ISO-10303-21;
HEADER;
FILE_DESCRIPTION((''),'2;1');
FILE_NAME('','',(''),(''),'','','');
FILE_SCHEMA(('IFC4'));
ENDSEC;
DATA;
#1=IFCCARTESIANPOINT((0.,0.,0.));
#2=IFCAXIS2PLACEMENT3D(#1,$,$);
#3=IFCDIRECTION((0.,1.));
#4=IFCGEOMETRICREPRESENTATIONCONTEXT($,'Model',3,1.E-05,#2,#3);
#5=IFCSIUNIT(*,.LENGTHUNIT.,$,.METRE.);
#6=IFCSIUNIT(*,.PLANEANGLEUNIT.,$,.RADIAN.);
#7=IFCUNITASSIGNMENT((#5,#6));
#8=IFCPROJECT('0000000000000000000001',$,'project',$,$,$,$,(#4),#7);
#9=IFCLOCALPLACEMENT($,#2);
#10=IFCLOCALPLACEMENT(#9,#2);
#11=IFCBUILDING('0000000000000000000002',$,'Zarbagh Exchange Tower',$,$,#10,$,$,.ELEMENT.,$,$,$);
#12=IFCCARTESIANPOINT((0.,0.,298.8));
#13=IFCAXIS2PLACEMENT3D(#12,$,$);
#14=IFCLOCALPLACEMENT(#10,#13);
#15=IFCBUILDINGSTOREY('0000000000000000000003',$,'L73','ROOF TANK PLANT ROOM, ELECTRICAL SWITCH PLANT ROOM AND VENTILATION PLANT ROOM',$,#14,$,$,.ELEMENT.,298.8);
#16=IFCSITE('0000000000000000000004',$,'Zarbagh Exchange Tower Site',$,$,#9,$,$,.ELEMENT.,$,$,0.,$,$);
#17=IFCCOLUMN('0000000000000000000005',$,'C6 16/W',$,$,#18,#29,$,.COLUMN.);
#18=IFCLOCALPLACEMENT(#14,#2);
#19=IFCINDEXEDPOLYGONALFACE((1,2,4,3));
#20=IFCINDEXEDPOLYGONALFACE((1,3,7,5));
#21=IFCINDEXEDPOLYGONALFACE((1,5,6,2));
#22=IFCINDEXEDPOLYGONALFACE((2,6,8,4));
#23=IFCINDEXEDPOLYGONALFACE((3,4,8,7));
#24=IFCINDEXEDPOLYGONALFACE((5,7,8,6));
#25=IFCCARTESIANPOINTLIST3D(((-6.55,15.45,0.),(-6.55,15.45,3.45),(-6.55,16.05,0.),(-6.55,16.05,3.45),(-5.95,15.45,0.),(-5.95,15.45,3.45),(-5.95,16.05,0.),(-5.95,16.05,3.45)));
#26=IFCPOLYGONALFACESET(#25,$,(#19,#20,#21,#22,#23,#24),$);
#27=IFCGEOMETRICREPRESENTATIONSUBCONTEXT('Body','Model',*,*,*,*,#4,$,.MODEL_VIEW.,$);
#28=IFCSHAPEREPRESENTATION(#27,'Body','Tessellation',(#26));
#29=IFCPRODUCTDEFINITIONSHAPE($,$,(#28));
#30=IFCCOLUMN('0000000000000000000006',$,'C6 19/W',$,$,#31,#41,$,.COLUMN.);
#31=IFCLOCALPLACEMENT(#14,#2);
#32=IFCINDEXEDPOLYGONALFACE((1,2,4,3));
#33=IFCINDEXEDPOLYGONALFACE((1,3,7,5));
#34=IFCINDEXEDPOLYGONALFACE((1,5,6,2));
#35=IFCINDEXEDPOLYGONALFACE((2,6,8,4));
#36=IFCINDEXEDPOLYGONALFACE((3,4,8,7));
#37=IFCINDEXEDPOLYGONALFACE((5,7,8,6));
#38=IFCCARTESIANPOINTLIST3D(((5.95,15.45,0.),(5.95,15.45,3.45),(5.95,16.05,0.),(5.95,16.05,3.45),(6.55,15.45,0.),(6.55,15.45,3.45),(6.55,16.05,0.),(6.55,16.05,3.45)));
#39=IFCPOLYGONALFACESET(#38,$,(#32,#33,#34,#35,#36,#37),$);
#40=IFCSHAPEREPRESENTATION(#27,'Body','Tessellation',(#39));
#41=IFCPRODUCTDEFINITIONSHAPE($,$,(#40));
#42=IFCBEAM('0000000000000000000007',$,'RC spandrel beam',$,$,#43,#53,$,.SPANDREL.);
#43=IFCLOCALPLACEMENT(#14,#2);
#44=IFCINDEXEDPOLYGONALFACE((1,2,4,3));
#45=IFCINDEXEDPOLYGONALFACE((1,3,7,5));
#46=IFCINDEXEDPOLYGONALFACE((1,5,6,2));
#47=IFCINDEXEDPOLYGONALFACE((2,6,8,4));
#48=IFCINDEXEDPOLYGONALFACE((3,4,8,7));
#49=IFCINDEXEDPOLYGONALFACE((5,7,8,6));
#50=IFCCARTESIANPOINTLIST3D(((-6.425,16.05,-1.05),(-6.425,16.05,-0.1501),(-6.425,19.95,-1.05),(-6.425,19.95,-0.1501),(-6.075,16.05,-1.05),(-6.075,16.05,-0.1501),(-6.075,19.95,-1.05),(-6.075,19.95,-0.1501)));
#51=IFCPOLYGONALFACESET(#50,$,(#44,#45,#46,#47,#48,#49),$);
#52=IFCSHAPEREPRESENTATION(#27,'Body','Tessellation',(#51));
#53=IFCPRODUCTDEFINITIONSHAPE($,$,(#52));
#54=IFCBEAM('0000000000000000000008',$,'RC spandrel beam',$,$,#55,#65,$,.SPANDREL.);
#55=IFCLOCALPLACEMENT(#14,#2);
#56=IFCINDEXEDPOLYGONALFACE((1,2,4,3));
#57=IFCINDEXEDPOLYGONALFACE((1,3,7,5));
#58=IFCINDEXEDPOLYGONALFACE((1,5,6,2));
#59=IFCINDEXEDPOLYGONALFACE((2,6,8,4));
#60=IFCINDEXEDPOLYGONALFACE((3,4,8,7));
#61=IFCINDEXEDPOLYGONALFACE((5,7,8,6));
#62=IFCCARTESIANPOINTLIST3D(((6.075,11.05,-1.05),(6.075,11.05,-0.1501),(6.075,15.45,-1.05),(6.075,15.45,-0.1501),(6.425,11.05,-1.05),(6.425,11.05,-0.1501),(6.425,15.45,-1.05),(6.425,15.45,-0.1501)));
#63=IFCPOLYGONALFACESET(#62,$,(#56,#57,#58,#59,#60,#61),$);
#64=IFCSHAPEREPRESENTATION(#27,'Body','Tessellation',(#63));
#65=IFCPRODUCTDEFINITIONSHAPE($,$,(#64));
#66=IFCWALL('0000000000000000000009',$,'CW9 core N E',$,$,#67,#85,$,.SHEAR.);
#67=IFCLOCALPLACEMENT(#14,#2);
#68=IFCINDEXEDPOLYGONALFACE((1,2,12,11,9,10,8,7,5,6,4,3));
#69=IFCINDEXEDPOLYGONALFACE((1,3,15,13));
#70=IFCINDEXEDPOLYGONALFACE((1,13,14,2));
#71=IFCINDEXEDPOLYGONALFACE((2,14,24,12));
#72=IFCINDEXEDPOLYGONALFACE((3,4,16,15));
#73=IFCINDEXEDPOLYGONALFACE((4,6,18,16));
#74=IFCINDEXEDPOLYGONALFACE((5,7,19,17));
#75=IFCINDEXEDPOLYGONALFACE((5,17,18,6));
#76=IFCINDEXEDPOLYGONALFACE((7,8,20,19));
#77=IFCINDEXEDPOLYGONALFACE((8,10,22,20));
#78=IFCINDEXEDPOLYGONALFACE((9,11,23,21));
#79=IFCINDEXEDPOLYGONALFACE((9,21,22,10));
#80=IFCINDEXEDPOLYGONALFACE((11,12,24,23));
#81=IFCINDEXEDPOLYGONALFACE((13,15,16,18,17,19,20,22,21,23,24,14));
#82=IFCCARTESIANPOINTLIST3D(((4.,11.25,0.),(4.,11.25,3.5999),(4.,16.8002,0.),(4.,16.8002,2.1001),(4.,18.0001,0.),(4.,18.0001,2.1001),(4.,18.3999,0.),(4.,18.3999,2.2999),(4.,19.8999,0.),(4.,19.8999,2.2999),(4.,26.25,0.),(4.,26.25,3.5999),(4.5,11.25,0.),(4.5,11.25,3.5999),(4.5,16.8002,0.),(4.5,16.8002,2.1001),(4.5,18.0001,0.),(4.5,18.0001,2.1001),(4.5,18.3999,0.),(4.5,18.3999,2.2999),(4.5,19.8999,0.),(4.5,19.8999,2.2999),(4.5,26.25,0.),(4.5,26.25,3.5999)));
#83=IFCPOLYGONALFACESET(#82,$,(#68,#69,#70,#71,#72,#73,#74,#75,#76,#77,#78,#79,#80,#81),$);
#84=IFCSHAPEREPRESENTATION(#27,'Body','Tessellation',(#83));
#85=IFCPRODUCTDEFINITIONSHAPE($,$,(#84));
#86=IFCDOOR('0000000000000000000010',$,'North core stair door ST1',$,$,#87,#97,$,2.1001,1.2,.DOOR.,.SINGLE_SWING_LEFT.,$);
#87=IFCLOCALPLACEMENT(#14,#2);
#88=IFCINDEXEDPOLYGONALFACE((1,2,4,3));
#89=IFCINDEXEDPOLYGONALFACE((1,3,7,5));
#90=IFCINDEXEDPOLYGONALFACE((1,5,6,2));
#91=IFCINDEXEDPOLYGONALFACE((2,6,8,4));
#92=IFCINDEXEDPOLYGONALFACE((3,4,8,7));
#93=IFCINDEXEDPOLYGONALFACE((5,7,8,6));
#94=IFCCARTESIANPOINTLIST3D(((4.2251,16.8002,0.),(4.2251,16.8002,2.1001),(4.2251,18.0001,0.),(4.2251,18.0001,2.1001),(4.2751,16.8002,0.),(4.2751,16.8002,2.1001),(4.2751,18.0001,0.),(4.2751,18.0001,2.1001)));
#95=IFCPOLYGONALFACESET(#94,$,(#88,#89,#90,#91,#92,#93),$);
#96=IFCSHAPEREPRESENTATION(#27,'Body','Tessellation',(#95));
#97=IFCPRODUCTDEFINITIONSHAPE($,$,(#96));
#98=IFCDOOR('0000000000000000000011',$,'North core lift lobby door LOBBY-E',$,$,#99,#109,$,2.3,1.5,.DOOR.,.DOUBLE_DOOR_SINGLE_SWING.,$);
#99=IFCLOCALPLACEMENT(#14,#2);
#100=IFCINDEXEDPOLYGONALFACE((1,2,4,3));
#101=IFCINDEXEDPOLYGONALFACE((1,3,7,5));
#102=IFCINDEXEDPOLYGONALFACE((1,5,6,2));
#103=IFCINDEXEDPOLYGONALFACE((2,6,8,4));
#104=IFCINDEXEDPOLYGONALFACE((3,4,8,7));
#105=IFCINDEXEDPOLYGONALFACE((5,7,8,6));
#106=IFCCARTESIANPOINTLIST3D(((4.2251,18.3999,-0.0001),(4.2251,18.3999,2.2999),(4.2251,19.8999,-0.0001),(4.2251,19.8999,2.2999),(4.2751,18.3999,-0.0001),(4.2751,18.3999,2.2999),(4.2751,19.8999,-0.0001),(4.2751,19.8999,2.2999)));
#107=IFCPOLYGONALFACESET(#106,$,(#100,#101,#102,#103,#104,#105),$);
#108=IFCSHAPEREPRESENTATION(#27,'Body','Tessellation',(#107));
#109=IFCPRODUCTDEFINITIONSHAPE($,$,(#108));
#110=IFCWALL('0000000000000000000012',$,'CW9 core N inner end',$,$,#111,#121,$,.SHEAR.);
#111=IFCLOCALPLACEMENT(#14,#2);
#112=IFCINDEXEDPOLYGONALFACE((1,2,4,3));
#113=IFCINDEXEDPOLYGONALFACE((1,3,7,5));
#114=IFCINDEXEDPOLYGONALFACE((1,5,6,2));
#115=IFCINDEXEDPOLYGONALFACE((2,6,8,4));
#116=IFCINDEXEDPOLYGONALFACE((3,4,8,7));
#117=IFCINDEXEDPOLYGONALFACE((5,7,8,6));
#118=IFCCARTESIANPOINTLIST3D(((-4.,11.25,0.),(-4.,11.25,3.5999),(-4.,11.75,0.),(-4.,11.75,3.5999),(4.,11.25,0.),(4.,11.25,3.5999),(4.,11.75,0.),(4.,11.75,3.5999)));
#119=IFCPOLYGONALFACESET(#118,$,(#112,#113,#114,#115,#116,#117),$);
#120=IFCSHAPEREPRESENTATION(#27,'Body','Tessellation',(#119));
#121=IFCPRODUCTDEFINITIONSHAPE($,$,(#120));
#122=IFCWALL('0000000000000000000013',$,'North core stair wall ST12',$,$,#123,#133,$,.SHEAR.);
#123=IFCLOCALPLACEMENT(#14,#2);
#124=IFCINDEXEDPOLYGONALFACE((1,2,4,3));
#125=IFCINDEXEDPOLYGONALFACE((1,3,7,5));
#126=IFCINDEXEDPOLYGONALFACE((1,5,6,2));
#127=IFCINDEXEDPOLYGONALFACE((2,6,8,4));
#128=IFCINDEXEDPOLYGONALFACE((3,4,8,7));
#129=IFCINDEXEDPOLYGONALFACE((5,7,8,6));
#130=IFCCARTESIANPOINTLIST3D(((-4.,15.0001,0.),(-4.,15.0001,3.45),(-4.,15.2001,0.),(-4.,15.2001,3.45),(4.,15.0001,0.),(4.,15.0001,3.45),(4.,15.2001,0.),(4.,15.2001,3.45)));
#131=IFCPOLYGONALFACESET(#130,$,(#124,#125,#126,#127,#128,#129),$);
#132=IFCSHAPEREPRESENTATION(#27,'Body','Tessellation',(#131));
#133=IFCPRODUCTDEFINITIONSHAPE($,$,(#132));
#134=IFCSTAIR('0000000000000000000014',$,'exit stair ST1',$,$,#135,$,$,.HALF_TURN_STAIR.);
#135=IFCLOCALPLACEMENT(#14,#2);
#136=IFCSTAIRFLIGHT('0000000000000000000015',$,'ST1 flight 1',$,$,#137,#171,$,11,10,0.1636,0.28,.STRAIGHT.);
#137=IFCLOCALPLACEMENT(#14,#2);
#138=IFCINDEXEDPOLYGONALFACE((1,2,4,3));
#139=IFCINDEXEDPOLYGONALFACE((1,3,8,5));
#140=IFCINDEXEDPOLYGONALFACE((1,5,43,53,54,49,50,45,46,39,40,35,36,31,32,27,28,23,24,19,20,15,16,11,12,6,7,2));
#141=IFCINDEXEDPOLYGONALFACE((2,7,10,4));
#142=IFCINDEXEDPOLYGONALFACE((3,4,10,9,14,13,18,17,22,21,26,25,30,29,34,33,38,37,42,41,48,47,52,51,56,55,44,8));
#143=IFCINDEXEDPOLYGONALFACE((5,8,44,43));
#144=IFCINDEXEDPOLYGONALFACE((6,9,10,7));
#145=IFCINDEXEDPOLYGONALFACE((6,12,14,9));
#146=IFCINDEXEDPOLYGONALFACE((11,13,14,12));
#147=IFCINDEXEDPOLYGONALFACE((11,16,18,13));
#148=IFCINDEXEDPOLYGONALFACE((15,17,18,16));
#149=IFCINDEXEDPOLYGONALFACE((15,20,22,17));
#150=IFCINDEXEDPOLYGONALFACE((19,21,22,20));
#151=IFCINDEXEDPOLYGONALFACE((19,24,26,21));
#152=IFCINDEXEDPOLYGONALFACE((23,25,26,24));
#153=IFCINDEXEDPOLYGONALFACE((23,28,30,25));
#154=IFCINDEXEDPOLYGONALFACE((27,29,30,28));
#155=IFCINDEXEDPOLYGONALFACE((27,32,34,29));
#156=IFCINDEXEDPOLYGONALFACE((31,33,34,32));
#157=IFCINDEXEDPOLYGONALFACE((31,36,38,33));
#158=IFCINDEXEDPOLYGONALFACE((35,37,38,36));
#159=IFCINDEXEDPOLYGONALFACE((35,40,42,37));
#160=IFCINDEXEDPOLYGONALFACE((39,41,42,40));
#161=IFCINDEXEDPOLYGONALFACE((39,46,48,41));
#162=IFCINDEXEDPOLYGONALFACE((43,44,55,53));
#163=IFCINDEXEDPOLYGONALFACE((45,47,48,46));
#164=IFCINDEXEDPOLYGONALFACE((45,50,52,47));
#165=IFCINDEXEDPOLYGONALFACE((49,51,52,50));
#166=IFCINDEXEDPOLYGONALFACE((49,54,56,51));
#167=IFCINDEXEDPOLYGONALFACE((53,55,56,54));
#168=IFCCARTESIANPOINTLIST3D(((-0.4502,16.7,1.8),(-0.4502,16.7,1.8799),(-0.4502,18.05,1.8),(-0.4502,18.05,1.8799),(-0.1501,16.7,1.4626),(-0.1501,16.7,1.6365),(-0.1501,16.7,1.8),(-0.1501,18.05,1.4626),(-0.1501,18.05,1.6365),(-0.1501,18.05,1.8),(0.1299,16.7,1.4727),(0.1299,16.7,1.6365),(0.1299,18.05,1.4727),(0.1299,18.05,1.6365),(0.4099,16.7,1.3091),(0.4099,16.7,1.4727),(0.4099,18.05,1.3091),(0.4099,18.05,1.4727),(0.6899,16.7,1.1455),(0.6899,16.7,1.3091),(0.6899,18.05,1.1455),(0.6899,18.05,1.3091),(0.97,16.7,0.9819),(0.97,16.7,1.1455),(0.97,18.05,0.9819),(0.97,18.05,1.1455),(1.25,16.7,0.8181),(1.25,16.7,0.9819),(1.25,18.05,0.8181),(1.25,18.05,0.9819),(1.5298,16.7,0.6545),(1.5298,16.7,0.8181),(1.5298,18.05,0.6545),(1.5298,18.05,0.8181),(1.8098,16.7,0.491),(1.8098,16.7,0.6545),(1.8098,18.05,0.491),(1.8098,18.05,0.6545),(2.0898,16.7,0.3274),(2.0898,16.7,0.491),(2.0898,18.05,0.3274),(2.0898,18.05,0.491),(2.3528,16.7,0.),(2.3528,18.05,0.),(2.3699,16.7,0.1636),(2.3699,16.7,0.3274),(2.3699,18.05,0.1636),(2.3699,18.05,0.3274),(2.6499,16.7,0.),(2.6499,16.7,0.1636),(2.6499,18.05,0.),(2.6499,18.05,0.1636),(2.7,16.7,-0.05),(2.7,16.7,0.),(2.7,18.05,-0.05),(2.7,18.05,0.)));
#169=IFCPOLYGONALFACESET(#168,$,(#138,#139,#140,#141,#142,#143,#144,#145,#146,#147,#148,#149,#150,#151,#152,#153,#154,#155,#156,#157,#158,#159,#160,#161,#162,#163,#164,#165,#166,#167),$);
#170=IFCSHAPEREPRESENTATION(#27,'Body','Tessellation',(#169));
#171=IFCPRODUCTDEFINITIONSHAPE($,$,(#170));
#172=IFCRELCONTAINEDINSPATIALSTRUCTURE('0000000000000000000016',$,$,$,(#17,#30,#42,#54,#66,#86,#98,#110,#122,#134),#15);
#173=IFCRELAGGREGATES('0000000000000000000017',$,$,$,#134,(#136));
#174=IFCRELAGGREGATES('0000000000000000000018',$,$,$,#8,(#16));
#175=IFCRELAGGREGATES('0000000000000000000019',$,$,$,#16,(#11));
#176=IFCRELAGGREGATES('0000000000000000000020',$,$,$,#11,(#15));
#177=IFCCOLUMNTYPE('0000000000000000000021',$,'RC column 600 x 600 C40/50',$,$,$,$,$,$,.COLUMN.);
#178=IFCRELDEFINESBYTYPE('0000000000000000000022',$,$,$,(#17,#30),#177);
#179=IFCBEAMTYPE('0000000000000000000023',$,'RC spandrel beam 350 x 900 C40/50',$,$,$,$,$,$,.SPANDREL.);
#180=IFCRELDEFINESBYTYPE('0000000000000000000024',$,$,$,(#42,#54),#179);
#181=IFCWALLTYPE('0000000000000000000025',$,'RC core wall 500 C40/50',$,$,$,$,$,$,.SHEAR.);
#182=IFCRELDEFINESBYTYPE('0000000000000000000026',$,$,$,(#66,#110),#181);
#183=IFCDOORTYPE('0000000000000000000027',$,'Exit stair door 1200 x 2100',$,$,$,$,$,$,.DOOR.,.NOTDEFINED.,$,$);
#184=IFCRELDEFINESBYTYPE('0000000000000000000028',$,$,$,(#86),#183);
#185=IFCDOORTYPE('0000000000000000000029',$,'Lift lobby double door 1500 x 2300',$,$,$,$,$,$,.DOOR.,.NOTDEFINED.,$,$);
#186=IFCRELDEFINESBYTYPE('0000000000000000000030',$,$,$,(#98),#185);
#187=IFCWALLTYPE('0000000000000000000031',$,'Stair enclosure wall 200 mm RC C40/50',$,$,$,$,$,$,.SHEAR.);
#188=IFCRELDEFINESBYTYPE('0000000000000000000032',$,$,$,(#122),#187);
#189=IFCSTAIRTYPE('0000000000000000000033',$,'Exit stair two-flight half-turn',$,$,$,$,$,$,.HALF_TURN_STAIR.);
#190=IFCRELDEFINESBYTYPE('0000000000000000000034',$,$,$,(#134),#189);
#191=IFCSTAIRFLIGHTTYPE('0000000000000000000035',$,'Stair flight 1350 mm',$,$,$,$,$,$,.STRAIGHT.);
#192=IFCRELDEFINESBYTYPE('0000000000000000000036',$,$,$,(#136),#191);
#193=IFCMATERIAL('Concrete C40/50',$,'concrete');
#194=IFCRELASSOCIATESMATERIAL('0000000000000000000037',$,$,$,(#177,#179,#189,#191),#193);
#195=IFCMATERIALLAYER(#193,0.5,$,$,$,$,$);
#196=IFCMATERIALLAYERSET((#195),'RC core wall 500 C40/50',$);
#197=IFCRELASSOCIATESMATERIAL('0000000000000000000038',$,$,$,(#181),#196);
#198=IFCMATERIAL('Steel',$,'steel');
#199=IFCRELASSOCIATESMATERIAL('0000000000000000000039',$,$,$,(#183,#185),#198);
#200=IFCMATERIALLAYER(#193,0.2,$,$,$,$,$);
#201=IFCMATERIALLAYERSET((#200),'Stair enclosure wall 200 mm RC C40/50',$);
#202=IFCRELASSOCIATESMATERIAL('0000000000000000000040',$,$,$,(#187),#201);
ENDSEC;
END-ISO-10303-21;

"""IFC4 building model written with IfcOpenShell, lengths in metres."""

from ifc_helpers import new_model, si_unit, direction, frame, frame_2d, origin, origin_2d, place, context, subcontext, project, spatial, polyline, rectangle, outline, extrude, material, layer, layer_set, material_profile, profile_set, type_object, element, fill, aggregate, save


model = new_model("IFC4")

# Units and contexts
model_context = context("Model", 3, precision=1e-05, world=origin(), true_north=direction((0.0, 1.0)))
body_context = subcontext(model_context, "Body", "Model", "MODEL_VIEW")
ifc_project = project(units=[si_unit("LENGTHUNIT", "METRE"), si_unit("PLANEANGLEUNIT", "RADIAN")], contexts=[model_context])

# Site, building, storey
site_placement = place(None, origin())
site = spatial("IfcSite", under=ifc_project, at=site_placement, Name="Zarbagh Exchange Tower Site", CompositionType="ELEMENT", RefElevation=0.0)
building_placement = place(site_placement, origin())
building = spatial("IfcBuilding", under=site, at=building_placement, Name="Zarbagh Exchange Tower", CompositionType="ELEMENT")
storey_placement = place(building_placement, frame((0.0, 0.0, 298.8)))
storey = spatial("IfcBuildingStorey", under=building, at=storey_placement, Name="L73", Description="ROOF TANK PLANT ROOM, ELECTRICAL SWITCH PLANT ROOM AND VENTILATION PLANT ROOM", CompositionType="ELEMENT", Elevation=298.8)

# Columns
ifc_material_1 = material(Name="Concrete C40/50", Category="concrete")
ifc_material_profile_1 = material_profile(ifc_material_1, rectangle(XDim=0.6001, YDim=0.6001, at=origin_2d()), Name="RC column 600 x 600 C40/50")
ifc_profile_set_1 = profile_set([ifc_material_profile_1], Name="Concrete C40/50")
column_type = type_object("IfcColumnType", Name="RC column 600 x 600 C40/50", PredefinedType="COLUMN", material=ifc_profile_set_1)
for number, where, z_axis, x_axis, name in (
    (1, (-6.25, 15.75, 0.0), (0.0, 0.0, 1.0), (1.0, 0.0, 0.0), "C6 16/W"),
    (2, (6.25, 15.75, 0.0), (0.0, 0.0, 1.0), (1.0, 0.0, 0.0), "C6 19/W"),
):
    element("IfcColumn", number, at=place(storey_placement, frame(where, z_axis=z_axis, x_axis=x_axis)), inside=storey, type_object=column_type, Name=name, PredefinedType="COLUMN", context=body_context, shape_type="SweptSolid", body=[
        extrude(rectangle(XDim=0.6001, YDim=0.6001, at=origin_2d()), origin(), (0.0, 0.0, 1.0), 3.45),
    ])

# Beams
ifc_material_profile_2 = material_profile(ifc_material_1, rectangle(XDim=0.3501, YDim=0.8999, at=origin_2d()), Name="RC spandrel beam 350 x 900 C40/50")
ifc_profile_set_2 = profile_set([ifc_material_profile_2], Name="Concrete C40/50")
beam_type = type_object("IfcBeamType", Name="RC spandrel beam 350 x 900 C40/50", PredefinedType="SPANDREL", material=ifc_profile_set_2)
beam_1_placement = place(storey_placement, frame((-6.25, 16.05, -0.6001), z_axis=(0.0, 1.0, 0.0), x_axis=(-1.0, 0.0, 0.0)))
element("IfcBeam", 3, at=beam_1_placement, inside=storey, type_object=beam_type, Name="RC spandrel beam", PredefinedType="SPANDREL", context=body_context, shape_type="SweptSolid", body=[
    extrude(rectangle(XDim=0.3501, YDim=0.8999, at=origin_2d()), origin(), (0.0, 0.0, 1.0), 3.8999),
])
beam_2_placement = place(storey_placement, frame((6.25, 15.45, -0.6001), z_axis=(0.0, -1.0, 0.0), x_axis=(1.0, 0.0, 0.0)))
element("IfcBeam", 4, at=beam_2_placement, inside=storey, type_object=beam_type, Name="RC spandrel beam", PredefinedType="SPANDREL", context=body_context, shape_type="SweptSolid", body=[
    extrude(rectangle(XDim=0.3501, YDim=0.8999, at=origin_2d()), origin(), (0.0, 0.0, 1.0), 4.3999),
])

# Wall, openings, doors
ifc_layer_1 = layer(ifc_material_1, 0.5)
ifc_layer_set_1 = layer_set([ifc_layer_1], Name="RC core wall 500 C40/50")
wall_type_1 = type_object("IfcWallType", Name="RC core wall 500 C40/50", PredefinedType="SHEAR", material=ifc_layer_set_1)
wall_1_placement = place(storey_placement, frame((4.25, 11.25, 0.0), z_axis=(0.0, 0.0, 1.0), x_axis=(0.0, 1.0, 0.0)))
wall_1 = element("IfcWall", 5, at=wall_1_placement, inside=storey, type_object=wall_type_1, Name="CW9 core N E", PredefinedType="SHEAR", context=body_context, shape_type="SweptSolid", body=[
    extrude(rectangle(XDim=15.0, YDim=0.5, at=frame_2d((7.5, 0.0))), origin(), (0.0, 0.0, 1.0), 3.5999),
])
opening_1_placement = place(wall_1_placement, frame((7.1499, 0.0, 0.0)))
opening_1 = element("IfcOpeningElement", 6, at=opening_1_placement, cuts=wall_1, PredefinedType="OPENING", context=body_context, shape_type="SweptSolid", body=[
    extrude(rectangle(XDim=1.5, YDim=2.3, at=frame_2d((0.75, 1.1499))), frame((0.0, 0.26, 0.0), z_axis=(0.0, -1.0, 0.0), x_axis=(1.0, 0.0, 0.0)), (0.0, 0.0, 1.0), 0.52),
])
opening_2_placement = place(wall_1_placement, frame((5.55, 0.0, 0.0)))
opening_2 = element("IfcOpeningElement", 7, at=opening_2_placement, cuts=wall_1, PredefinedType="OPENING", context=body_context, shape_type="SweptSolid", body=[
    extrude(rectangle(XDim=1.2, YDim=2.1001, at=frame_2d((0.6001, 1.05))), frame((0.0, 0.26, 0.0), z_axis=(0.0, -1.0, 0.0), x_axis=(1.0, 0.0, 0.0)), (0.0, 0.0, 1.0), 0.52),
])
ifc_material_2 = material(Name="Steel", Category="steel")
door_type_1 = type_object("IfcDoorType", Name="Exit stair door 1200 x 2100", OperationType="NOTDEFINED", PredefinedType="DOOR", material=ifc_material_2)
door_1_placement = place(opening_2_placement, origin())
door_1 = element("IfcDoor", 8, at=door_1_placement, inside=storey, type_object=door_type_1, Name="North core stair door ST1", OperationType="SINGLE_SWING_LEFT", OverallHeight=2.1001, OverallWidth=1.2, PredefinedType="DOOR", context=body_context, shape_type="SweptSolid", body=[
    extrude(rectangle(XDim=1.2, YDim=2.1001, at=frame_2d((0.6001, 1.05))), frame((0.0, 0.0249, 0.0), z_axis=(0.0, -1.0, 0.0), x_axis=(1.0, 0.0, 0.0)), (0.0, 0.0, 1.0), 0.05),
])
fill(opening_2, door_1)
door_type_2 = type_object("IfcDoorType", Name="Lift lobby double door 1500 x 2300", OperationType="NOTDEFINED", PredefinedType="DOOR", material=ifc_material_2)
door_2_placement = place(opening_1_placement, origin())
door_2 = element("IfcDoor", 9, at=door_2_placement, inside=storey, type_object=door_type_2, Name="North core lift lobby door LOBBY-E", OperationType="DOUBLE_DOOR_SINGLE_SWING", OverallHeight=2.3, OverallWidth=1.5, PredefinedType="DOOR", context=body_context, shape_type="SweptSolid", body=[
    extrude(rectangle(XDim=1.5, YDim=2.3, at=frame_2d((0.75, 1.1499))), frame((0.0, 0.0249, 0.0), z_axis=(0.0, -1.0, 0.0), x_axis=(1.0, 0.0, 0.0)), (0.0, 0.0, 1.0), 0.05),
])
fill(opening_1, door_2)

# Walls
wall_2_placement = place(storey_placement, frame((-4.0, 11.5, 0.0), z_axis=(0.0, 0.0, 1.0), x_axis=(1.0, 0.0, 0.0)))
element("IfcWall", 10, at=wall_2_placement, inside=storey, type_object=wall_type_1, Name="CW9 core N inner end", PredefinedType="SHEAR", context=body_context, shape_type="SweptSolid", body=[
    extrude(rectangle(XDim=8.0, YDim=0.5, at=frame_2d((4.0, 0.0))), origin(), (0.0, 0.0, 1.0), 3.5999),
])
ifc_layer_2 = layer(ifc_material_1, 0.2)
ifc_layer_set_2 = layer_set([ifc_layer_2], Name="Stair enclosure wall 200 mm RC C40/50")
wall_type_2 = type_object("IfcWallType", Name="Stair enclosure wall 200 mm RC C40/50", PredefinedType="SHEAR", material=ifc_layer_set_2)
wall_3_placement = place(storey_placement, frame((-4.0, 15.1001, 0.0), z_axis=(0.0, 0.0, 1.0), x_axis=(1.0, 0.0, 0.0)))
element("IfcWall", 11, at=wall_3_placement, inside=storey, type_object=wall_type_2, Name="North core stair wall ST12", PredefinedType="SHEAR", context=body_context, shape_type="SweptSolid", body=[
    extrude(rectangle(XDim=8.0, YDim=0.2, at=frame_2d((4.0, 0.0))), origin(), (0.0, 0.0, 1.0), 3.45),
])

# Stair, stair flight
stair_type = type_object("IfcStairType", Name="Exit stair two-flight half-turn", PredefinedType="HALF_TURN_STAIR", material=ifc_material_1)
stair_1_placement = place(storey_placement, origin())
stair_1 = element("IfcStair", 12, at=stair_1_placement, inside=storey, type_object=stair_type, Name="exit stair ST1", PredefinedType="HALF_TURN_STAIR")
stair_flight_type_1 = type_object("IfcStairFlightType", Name="Stair flight 1350 mm", PredefinedType="STRAIGHT", material=ifc_material_1)
stair_flight_1_placement = place(storey_placement, frame((2.6499, 17.375, 0.0), z_axis=(0.0, 0.0, 1.0), x_axis=(-1.0, 0.0, 0.0)))
stair_flight_1 = element("IfcStairFlight", 13, at=stair_flight_1_placement, type_object=stair_flight_type_1, Name="ST1 flight 1", NumberOfRisers=11, NumberOfTreads=10, PredefinedType="STRAIGHT", RiserHeight=0.1636, TreadLength=0.28, context=body_context, shape_type="SweptSolid", body=[
    extrude(outline(polyline([(-0.05, -0.05), (-0.05, 0.0), (0.0, 0.0), (0.0, 0.1636), (0.28, 0.1636), (0.28, 0.3274), (0.5601, 0.3274), (0.5601, 0.491), (0.8401, 0.491), (0.8401, 0.6545), (1.1201, 0.6545), (1.1201, 0.8181), (1.3999, 0.8181), (1.3999, 0.9819), (1.6799, 0.9819), (1.6799, 1.1455), (1.96, 1.1455), (1.96, 1.3091), (2.24, 1.3091), (2.24, 1.4727), (2.52, 1.4727), (2.52, 1.6365), (2.8, 1.6365), (2.8, 1.8), (3.1001, 1.8799), (3.1001, 1.8), (2.8, 1.4626), (0.2971, 0.0), (-0.05, -0.05)])), frame((0.0, 0.675, 0.0), z_axis=(0.0, -1.0, 0.0), x_axis=(1.0, 0.0, 0.0)), (0.0, 0.0, 1.0), 1.3501),
])
aggregate(stair_1, [stair_flight_1])

save(model, "model.ifc")
